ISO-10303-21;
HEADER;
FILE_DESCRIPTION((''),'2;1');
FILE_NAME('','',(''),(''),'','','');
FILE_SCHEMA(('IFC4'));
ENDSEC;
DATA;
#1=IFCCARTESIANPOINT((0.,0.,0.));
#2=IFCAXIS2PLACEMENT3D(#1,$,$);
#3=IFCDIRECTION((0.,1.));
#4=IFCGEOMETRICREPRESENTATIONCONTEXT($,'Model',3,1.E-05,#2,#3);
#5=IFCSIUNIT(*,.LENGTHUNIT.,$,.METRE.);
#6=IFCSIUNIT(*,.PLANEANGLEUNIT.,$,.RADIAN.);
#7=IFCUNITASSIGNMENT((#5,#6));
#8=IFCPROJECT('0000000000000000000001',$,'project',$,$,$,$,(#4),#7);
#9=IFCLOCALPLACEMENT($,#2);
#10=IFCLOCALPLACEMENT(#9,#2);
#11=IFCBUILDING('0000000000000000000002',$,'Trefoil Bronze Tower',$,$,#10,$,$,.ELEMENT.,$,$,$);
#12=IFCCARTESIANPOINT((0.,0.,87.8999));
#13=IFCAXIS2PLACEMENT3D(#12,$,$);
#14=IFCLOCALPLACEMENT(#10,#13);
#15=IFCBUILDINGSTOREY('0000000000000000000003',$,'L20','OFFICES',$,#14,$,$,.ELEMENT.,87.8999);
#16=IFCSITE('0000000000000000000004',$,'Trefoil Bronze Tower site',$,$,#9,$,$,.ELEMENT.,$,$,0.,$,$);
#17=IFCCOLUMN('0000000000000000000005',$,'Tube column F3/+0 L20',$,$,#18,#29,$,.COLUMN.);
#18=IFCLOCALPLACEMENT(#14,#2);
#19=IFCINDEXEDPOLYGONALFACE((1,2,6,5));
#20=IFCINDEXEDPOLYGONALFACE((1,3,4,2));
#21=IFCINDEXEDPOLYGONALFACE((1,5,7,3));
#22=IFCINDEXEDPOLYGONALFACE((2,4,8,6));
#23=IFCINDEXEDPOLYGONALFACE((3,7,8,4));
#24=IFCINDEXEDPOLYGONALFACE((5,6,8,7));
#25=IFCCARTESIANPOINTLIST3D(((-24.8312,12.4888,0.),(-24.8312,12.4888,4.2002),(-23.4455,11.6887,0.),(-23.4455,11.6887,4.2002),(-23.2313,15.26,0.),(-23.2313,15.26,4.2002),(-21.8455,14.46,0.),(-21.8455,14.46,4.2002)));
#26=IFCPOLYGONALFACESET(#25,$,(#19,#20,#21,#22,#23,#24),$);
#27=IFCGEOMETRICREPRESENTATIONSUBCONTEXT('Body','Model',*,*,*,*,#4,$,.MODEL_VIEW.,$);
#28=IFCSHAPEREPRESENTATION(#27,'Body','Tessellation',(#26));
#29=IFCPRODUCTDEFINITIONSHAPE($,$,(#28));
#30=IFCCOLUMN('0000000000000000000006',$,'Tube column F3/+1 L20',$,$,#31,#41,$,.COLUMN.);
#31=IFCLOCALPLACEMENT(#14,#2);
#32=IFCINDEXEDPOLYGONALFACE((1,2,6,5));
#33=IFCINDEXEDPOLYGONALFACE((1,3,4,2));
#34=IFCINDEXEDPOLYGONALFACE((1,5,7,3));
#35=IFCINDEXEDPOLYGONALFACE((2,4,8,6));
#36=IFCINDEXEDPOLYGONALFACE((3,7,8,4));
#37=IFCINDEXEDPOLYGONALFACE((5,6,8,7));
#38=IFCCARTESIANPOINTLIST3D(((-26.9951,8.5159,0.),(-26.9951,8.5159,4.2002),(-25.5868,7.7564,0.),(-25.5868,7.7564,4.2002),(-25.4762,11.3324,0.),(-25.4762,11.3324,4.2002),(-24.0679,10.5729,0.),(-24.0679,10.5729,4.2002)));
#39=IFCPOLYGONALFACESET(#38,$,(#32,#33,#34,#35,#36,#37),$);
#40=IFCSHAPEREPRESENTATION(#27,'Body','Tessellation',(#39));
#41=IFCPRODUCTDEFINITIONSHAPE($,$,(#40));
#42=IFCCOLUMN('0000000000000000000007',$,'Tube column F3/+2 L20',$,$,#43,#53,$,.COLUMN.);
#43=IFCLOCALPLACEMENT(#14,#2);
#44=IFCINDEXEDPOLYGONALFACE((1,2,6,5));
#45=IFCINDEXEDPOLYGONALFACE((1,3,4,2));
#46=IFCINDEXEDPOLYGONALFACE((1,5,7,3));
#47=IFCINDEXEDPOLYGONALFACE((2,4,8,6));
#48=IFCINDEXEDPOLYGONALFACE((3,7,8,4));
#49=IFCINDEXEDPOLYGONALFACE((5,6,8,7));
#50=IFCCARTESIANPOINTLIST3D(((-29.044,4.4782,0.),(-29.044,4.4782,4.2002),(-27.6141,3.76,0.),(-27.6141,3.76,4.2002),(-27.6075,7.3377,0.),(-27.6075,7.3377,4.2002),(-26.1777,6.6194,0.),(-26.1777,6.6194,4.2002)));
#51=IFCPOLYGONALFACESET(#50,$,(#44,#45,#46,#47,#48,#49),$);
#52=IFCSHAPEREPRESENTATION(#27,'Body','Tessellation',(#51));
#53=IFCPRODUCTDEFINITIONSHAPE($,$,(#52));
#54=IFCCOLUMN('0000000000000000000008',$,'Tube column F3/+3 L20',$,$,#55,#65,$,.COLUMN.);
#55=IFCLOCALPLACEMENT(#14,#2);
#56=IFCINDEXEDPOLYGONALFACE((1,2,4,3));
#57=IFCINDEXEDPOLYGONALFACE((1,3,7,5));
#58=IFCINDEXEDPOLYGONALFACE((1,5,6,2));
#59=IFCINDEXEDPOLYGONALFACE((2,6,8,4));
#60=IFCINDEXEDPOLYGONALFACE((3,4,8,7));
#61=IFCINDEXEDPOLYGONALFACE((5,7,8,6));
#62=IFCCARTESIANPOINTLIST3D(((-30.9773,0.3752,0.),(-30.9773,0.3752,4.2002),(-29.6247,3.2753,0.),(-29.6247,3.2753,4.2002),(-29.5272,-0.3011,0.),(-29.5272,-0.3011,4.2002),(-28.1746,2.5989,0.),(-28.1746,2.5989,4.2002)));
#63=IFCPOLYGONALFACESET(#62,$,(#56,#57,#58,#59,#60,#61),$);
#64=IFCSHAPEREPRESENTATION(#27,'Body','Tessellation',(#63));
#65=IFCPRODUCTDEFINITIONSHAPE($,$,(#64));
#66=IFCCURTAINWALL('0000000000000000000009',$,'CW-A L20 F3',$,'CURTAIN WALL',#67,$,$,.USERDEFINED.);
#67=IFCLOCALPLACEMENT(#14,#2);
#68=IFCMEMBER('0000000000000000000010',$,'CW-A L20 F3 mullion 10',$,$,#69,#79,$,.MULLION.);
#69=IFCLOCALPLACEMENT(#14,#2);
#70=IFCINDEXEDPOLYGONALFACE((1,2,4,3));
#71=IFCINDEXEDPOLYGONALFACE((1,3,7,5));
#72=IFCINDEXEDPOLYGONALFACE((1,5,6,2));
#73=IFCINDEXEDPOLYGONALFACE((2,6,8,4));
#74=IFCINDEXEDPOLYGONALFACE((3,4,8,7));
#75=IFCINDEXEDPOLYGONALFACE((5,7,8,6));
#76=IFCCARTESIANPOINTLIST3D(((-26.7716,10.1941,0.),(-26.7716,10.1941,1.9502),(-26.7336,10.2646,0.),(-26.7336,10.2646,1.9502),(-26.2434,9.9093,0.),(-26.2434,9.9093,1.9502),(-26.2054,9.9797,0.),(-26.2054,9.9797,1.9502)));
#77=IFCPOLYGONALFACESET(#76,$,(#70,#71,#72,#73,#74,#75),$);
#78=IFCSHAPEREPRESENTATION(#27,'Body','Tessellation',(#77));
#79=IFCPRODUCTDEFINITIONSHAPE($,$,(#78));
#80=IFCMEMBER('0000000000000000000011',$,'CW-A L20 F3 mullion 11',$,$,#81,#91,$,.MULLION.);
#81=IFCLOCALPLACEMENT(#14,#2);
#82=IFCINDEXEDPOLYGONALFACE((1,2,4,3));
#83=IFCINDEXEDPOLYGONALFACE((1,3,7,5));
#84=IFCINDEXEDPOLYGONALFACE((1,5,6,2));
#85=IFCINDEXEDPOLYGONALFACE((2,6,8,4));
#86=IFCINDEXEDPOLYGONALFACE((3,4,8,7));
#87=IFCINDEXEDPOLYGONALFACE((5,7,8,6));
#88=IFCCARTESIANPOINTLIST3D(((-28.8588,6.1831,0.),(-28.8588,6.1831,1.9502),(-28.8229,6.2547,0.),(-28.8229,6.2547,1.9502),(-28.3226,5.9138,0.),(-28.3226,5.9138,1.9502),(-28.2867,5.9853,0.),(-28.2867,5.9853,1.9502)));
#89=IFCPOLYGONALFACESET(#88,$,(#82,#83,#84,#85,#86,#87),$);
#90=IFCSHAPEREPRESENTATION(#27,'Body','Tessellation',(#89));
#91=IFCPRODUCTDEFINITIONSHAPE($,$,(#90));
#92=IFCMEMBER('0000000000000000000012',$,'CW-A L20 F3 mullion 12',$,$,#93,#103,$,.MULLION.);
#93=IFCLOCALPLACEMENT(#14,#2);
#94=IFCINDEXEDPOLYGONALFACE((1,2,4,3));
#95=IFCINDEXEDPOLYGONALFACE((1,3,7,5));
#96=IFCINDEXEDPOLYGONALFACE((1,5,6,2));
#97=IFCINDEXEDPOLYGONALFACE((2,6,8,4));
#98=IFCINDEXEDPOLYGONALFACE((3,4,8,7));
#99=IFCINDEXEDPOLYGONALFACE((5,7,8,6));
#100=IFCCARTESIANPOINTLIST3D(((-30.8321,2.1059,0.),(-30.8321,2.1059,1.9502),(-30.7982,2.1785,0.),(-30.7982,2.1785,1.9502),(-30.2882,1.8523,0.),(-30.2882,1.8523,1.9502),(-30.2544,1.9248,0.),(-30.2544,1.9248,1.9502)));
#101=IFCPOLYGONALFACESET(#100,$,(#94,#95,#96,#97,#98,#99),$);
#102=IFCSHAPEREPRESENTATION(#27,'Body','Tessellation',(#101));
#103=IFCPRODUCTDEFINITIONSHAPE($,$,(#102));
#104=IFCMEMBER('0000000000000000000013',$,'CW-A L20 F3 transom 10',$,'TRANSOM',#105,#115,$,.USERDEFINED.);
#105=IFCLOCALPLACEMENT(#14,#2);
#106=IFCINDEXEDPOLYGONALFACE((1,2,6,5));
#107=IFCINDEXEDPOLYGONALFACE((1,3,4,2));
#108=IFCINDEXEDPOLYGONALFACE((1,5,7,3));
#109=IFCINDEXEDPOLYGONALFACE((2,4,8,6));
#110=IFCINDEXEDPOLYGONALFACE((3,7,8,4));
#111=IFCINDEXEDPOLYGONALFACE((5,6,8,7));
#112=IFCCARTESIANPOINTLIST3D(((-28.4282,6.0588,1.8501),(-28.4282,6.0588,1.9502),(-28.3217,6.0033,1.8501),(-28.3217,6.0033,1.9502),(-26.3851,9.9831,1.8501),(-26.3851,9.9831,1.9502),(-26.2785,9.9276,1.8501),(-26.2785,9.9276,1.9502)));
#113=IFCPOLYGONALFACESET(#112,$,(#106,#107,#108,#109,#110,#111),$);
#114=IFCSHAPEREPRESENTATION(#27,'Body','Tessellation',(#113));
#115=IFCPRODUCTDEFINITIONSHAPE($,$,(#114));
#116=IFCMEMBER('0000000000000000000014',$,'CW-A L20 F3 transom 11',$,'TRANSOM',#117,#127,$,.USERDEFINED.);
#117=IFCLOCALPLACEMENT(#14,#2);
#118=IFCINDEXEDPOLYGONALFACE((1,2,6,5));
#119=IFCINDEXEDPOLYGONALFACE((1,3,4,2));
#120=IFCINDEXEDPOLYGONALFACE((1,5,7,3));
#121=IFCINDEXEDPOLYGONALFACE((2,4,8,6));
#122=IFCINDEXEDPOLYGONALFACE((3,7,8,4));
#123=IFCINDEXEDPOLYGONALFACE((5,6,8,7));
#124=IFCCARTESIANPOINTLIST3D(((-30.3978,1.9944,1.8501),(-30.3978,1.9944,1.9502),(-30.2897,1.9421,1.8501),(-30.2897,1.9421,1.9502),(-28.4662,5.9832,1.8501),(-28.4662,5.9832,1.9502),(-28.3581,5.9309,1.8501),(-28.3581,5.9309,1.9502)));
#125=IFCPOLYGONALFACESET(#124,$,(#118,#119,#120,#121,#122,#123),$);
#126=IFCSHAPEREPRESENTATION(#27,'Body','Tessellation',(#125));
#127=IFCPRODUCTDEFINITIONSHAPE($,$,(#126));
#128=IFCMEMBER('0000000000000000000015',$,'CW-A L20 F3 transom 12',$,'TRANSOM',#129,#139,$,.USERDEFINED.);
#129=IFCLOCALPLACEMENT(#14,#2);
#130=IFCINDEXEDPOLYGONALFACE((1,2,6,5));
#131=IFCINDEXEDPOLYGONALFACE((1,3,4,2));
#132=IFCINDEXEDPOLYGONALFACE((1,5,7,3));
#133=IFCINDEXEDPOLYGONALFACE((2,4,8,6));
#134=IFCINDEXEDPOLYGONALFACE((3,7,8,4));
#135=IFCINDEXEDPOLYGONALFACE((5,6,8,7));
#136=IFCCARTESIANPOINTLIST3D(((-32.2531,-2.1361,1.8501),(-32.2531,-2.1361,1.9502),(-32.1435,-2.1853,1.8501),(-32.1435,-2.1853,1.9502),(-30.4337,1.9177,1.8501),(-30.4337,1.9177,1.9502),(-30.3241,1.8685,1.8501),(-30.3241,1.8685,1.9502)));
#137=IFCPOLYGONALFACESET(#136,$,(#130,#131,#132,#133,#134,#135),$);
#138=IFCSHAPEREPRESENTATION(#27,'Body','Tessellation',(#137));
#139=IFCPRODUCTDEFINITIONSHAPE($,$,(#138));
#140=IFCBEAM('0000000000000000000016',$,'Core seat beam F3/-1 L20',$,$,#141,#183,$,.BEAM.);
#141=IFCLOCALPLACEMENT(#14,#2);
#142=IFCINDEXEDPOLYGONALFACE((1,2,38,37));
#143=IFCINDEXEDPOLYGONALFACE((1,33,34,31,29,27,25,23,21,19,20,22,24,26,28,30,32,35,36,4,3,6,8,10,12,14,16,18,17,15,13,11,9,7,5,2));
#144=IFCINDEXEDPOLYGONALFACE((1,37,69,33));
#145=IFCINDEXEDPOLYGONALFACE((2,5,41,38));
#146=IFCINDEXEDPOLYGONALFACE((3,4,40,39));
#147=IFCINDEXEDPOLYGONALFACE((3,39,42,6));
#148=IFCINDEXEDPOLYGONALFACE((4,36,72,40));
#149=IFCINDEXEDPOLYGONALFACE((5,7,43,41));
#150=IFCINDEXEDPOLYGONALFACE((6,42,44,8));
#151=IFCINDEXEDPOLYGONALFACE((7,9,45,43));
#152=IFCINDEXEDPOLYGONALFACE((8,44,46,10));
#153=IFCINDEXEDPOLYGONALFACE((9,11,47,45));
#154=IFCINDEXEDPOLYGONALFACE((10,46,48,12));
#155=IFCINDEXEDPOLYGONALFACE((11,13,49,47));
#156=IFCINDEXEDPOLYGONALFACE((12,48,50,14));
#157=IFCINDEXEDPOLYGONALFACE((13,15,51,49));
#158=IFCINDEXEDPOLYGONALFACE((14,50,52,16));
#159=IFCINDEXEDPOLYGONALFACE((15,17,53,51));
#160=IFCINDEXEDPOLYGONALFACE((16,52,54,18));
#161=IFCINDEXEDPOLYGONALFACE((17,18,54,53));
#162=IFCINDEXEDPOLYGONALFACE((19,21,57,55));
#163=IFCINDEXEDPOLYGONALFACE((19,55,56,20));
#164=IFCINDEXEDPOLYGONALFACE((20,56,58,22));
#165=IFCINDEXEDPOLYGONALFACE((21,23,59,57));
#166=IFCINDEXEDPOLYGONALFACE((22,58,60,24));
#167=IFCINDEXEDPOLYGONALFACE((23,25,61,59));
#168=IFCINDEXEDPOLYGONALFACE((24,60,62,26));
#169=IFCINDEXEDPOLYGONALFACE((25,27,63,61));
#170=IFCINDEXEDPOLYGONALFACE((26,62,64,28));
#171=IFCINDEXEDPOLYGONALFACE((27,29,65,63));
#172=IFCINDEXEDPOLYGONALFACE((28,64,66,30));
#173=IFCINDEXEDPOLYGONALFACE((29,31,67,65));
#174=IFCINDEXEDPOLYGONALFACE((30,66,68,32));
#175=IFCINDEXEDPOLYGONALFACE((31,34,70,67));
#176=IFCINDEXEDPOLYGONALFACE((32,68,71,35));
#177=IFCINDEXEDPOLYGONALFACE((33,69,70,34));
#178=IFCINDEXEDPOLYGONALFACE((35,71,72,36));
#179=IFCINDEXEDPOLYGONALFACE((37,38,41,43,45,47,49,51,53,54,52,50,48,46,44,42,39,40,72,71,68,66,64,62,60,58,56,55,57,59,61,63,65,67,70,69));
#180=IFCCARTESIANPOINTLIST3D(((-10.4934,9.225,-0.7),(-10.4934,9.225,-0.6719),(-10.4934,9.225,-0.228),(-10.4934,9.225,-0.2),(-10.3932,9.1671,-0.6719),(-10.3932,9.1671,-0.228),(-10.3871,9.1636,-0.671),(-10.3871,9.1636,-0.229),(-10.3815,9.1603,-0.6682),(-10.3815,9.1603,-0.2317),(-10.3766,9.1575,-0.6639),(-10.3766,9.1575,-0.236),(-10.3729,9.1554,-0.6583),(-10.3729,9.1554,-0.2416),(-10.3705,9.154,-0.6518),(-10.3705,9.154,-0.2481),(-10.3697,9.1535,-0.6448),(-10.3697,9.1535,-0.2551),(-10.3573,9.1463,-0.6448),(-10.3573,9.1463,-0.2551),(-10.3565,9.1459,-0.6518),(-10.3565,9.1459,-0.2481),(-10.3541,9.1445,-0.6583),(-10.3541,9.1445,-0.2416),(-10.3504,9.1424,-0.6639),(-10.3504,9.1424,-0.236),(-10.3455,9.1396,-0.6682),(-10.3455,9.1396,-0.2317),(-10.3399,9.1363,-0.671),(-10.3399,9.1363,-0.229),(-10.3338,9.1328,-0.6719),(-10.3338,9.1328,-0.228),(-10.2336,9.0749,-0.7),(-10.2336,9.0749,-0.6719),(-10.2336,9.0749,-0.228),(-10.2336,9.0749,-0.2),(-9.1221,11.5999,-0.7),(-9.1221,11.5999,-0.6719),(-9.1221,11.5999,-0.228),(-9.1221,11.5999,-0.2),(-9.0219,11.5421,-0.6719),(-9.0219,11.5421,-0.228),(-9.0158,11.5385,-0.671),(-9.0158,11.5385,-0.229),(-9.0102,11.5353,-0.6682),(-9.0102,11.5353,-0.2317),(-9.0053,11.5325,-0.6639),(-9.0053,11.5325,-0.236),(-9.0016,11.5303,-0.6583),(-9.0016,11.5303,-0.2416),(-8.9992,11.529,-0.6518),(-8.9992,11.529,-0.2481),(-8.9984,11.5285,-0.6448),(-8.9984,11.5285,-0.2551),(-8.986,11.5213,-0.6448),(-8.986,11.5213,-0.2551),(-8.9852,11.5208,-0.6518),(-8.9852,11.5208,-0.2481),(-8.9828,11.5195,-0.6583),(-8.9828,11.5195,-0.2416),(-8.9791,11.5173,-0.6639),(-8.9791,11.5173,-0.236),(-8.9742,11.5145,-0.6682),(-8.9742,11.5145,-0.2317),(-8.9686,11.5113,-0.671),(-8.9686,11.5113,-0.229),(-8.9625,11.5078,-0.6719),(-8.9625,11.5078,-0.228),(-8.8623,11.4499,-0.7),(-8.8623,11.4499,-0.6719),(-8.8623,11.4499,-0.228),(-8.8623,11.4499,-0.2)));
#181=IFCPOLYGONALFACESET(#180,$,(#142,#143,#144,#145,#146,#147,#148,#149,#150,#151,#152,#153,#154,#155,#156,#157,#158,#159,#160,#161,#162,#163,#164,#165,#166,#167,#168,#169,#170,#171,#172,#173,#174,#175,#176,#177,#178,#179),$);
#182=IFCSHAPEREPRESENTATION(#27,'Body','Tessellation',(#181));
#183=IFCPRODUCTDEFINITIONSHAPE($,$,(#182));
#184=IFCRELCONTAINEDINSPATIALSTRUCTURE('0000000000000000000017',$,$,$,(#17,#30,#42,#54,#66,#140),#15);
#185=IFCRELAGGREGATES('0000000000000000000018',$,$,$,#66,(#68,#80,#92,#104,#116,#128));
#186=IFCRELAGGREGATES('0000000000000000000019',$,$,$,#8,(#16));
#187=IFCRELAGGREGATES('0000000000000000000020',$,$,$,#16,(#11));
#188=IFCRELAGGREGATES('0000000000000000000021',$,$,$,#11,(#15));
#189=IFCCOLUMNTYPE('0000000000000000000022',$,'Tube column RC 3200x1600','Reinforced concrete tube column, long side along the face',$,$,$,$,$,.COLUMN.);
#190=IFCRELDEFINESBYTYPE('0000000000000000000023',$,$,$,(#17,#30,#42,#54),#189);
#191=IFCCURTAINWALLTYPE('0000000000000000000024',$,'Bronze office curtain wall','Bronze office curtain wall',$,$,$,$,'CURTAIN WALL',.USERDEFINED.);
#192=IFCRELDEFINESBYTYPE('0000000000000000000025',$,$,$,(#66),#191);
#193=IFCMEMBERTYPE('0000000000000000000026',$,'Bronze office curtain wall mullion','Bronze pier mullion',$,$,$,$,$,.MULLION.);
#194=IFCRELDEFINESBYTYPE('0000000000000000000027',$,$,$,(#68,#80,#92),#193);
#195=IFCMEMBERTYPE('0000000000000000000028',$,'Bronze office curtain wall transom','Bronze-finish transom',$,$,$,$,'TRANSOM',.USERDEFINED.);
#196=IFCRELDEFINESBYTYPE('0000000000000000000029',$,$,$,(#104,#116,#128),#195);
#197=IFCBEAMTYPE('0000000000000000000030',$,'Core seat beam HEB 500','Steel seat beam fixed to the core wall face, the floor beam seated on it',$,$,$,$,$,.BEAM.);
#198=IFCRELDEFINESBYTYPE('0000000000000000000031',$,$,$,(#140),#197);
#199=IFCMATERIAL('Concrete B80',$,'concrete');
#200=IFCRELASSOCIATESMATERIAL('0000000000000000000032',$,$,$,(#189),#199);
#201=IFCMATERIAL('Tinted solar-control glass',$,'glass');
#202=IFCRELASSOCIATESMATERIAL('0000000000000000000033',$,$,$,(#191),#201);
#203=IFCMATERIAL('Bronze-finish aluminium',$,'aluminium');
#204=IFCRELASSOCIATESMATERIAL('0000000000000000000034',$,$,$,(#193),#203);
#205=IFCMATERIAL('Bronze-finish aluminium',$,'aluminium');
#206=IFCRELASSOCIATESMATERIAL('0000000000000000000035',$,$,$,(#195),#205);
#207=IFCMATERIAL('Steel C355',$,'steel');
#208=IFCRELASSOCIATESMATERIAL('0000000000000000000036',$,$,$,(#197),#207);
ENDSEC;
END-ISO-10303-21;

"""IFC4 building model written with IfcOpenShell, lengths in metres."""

from ifc_helpers import new_model, si_unit, direction, frame, origin, origin_2d, place, context, subcontext, project, spatial, rectangle, i_section, extrude, material, material_profile, profile_set, type_object, element, aggregate, save


model = new_model("IFC4")

# Units and contexts
model_context = context("Model", 3, precision=1e-05, world=origin(), true_north=direction((0.0, 1.0)))
body_context = subcontext(model_context, "Body", "Model", "MODEL_VIEW")
ifc_project = project(units=[si_unit("LENGTHUNIT", "METRE"), si_unit("PLANEANGLEUNIT", "RADIAN")], contexts=[model_context])

# Site, building, storey
site_placement = place(None, origin())
site = spatial("IfcSite", under=ifc_project, at=site_placement, Name="Trefoil Bronze Tower site", CompositionType="ELEMENT", RefElevation=0.0)
building_placement = place(site_placement, origin())
building = spatial("IfcBuilding", under=site, at=building_placement, Name="Trefoil Bronze Tower", CompositionType="ELEMENT")
storey_placement = place(building_placement, frame((0.0, 0.0, 87.8999)))
storey = spatial("IfcBuildingStorey", under=building, at=storey_placement, Name="L20", Description="OFFICES", CompositionType="ELEMENT", Elevation=87.8999)

# Columns
ifc_material_1 = material(Name="Concrete B80", Category="concrete")
ifc_material_profile_1 = material_profile(ifc_material_1, rectangle(XDim=3.2, YDim=1.6001, at=origin_2d()), Name="RC 3200x1600")
ifc_profile_set_1 = profile_set([ifc_material_profile_1], Name="Concrete B80")
column_type = type_object("IfcColumnType", Name="Tube column RC 3200x1600", Description="Reinforced concrete tube column, long side along the face", PredefinedType="COLUMN", material=ifc_profile_set_1)
for number, where, z_axis, x_axis, name in (
    (1, (-23.3384, 13.4744, 0.0), (0.0, 0.0, 1.0), (-0.5, -0.866025, 0.0), "Tube column F3/+0 L20"),
    (2, (-25.5315, 9.5444, 0.0), (0.0, 0.0, 1.0), (-0.474656, -0.880171, 0.0), "Tube column F3/+1 L20"),
    (3, (-27.6108, 5.5488, 0.0), (0.0, 0.0, 1.0), (-0.44889, -0.893587, 0.0), "Tube column F3/+2 L20"),
    (4, (-29.5759, 1.4871, 0.0), (0.0, 0.0, 1.0), (-0.422701, -0.906269, 0.0), "Tube column F3/+3 L20"),
):
    element("IfcColumn", number, at=place(storey_placement, frame(where, z_axis=z_axis, x_axis=x_axis)), inside=storey, type_object=column_type, Name=name, PredefinedType="COLUMN", context=body_context, shape_type="SweptSolid", body=[
        extrude(rectangle(XDim=3.2, YDim=1.6001, at=origin_2d()), origin(), (0.0, 0.0, 1.0), 4.2002),
    ])

# Curtain wall, members
ifc_material_2 = material(Name="Tinted solar-control glass", Category="glass")
curtain_wall_type = type_object("IfcCurtainWallType", Name="Bronze office curtain wall", Description="Bronze office curtain wall", ElementType="CURTAIN WALL", PredefinedType="USERDEFINED", material=ifc_material_2)
curtain_wall_placement = place(storey_placement, origin())
curtain_wall = element("IfcCurtainWall", 5, at=curtain_wall_placement, inside=storey, type_object=curtain_wall_type, Name="CW-A L20 F3", ObjectType="CURTAIN WALL", PredefinedType="USERDEFINED")
ifc_material_3 = material(Name="Bronze-finish aluminium", Category="aluminium")
ifc_material_profile_2 = material_profile(ifc_material_3, rectangle(XDim=0.6001, YDim=0.0801, at=origin_2d()), Name="CW-A mullion")
ifc_profile_set_2 = profile_set([ifc_material_profile_2], Name="Bronze-finish aluminium")
member_type_1 = type_object("IfcMemberType", Name="Bronze office curtain wall mullion", Description="Bronze pier mullion", PredefinedType="MULLION", material=ifc_profile_set_2)
member_1_placement = place(storey_placement, frame((-26.4885, 10.0869, 0.0), z_axis=(0.0, 0.0, 1.0), x_axis=(0.880171, -0.474656, 0.0)))
member_1 = element("IfcMember", 6, at=member_1_placement, type_object=member_type_1, Name="CW-A L20 F3 mullion 10", PredefinedType="MULLION", context=body_context, shape_type="SweptSolid", body=[
    extrude(rectangle(XDim=0.6001, YDim=0.0801, at=origin_2d()), origin(), (0.0, 0.0, 1.0), 1.9502),
])
member_2_placement = place(storey_placement, frame((-28.5728, 6.0842, 0.0), z_axis=(0.0, 0.0, 1.0), x_axis=(0.893587, -0.44889, 0.0)))
member_2 = element("IfcMember", 7, at=member_2_placement, type_object=member_type_1, Name="CW-A L20 F3 mullion 11", PredefinedType="MULLION", context=body_context, shape_type="SweptSolid", body=[
    extrude(rectangle(XDim=0.6001, YDim=0.0801, at=origin_2d()), origin(), (0.0, 0.0, 1.0), 1.9502),
])
member_3_placement = place(storey_placement, frame((-30.5432, 2.0154, 0.0), z_axis=(0.0, 0.0, 1.0), x_axis=(0.906269, -0.422701, 0.0)))
member_3 = element("IfcMember", 8, at=member_3_placement, type_object=member_type_1, Name="CW-A L20 F3 mullion 12", PredefinedType="MULLION", context=body_context, shape_type="SweptSolid", body=[
    extrude(rectangle(XDim=0.6001, YDim=0.0801, at=origin_2d()), origin(), (0.0, 0.0, 1.0), 1.9502),
])
ifc_material_4 = material(Name="Bronze-finish aluminium", Category="aluminium")
ifc_material_profile_3 = material_profile(ifc_material_4, rectangle(XDim=0.1201, YDim=0.1001, at=origin_2d()), Name="CW-A transom")
ifc_profile_set_3 = profile_set([ifc_material_profile_3], Name="Bronze-finish aluminium")
member_type_2 = type_object("IfcMemberType", Name="Bronze office curtain wall transom", Description="Bronze-finish transom", ElementType="TRANSOM", PredefinedType="USERDEFINED", material=ifc_profile_set_3)
member_4_placement = place(storey_placement, frame((-26.3318, 9.9553, 1.9001), z_axis=(-0.46181, -0.886979, 0.0), x_axis=(0.886979, -0.46181, 0.0)))
member_4 = element("IfcMember", 9, at=member_4_placement, type_object=member_type_2, Name="CW-A L20 F3 transom 10", ObjectType="TRANSOM", PredefinedType="USERDEFINED", context=body_context, shape_type="SweptSolid", body=[
    extrude(rectangle(XDim=0.1201, YDim=0.1001, at=origin_2d()), origin(), (0.0, 0.0, 1.0), 4.4243),
])
member_5_placement = place(storey_placement, frame((-28.4121, 5.957, 1.9001), z_axis=(-0.435852, -0.900018, 0.0), x_axis=(0.900018, -0.435852, 0.0)))
member_5 = element("IfcMember", 10, at=member_5_placement, type_object=member_type_2, Name="CW-A L20 F3 transom 11", ObjectType="TRANSOM", PredefinedType="USERDEFINED", context=body_context, shape_type="SweptSolid", body=[
    extrude(rectangle(XDim=0.1201, YDim=0.1001, at=origin_2d()), origin(), (0.0, 0.0, 1.0), 4.4319),
])
member_6_placement = place(storey_placement, frame((-30.3789, 1.8931, 1.9001), z_axis=(-0.40946, -0.912328, 0.0), x_axis=(0.912328, -0.40946, 0.0)))
member_6 = element("IfcMember", 11, at=member_6_placement, type_object=member_type_2, Name="CW-A L20 F3 transom 12", ObjectType="TRANSOM", PredefinedType="USERDEFINED", context=body_context, shape_type="SweptSolid", body=[
    extrude(rectangle(XDim=0.1201, YDim=0.1001, at=origin_2d()), origin(), (0.0, 0.0, 1.0), 4.4434),
])

# Beam
ifc_material_5 = material(Name="Steel C355", Category="steel")
ifc_material_profile_4 = material_profile(ifc_material_5, i_section(OverallWidth=0.3, OverallDepth=0.5, WebThickness=0.0144, FlangeThickness=0.0281, FilletRadius=0.0271, at=origin_2d()), Name="HEB 500")
ifc_profile_set_4 = profile_set([ifc_material_profile_4], Name="Steel C355")
beam_type_1 = type_object("IfcBeamType", Name="Core seat beam HEB 500", Description="Steel seat beam fixed to the core wall face, the floor beam seated on it", PredefinedType="BEAM", material=ifc_profile_set_4)
for number, where, z_axis, x_axis, name in (
    (12, (-8.9922, 11.5249, -0.45), (-0.500036, -0.866005, 0.0), (0.866005, -0.500036, 0.0), "Core seat beam F3/-1 L20"),
):
    element("IfcBeam", number, at=place(storey_placement, frame(where, z_axis=z_axis, x_axis=x_axis)), inside=storey, type_object=beam_type_1, Name=name, PredefinedType="BEAM", context=body_context, shape_type="SweptSolid", body=[
        extrude(i_section(OverallWidth=0.3, OverallDepth=0.5, WebThickness=0.0144, FlangeThickness=0.0281, FilletRadius=0.0271, at=origin_2d()), origin(), (0.0, 0.0, 1.0), 2.7424),
    ])

aggregate(curtain_wall, [member_1, member_2, member_3, member_4, member_5, member_6])

save(model, "model.ifc")
